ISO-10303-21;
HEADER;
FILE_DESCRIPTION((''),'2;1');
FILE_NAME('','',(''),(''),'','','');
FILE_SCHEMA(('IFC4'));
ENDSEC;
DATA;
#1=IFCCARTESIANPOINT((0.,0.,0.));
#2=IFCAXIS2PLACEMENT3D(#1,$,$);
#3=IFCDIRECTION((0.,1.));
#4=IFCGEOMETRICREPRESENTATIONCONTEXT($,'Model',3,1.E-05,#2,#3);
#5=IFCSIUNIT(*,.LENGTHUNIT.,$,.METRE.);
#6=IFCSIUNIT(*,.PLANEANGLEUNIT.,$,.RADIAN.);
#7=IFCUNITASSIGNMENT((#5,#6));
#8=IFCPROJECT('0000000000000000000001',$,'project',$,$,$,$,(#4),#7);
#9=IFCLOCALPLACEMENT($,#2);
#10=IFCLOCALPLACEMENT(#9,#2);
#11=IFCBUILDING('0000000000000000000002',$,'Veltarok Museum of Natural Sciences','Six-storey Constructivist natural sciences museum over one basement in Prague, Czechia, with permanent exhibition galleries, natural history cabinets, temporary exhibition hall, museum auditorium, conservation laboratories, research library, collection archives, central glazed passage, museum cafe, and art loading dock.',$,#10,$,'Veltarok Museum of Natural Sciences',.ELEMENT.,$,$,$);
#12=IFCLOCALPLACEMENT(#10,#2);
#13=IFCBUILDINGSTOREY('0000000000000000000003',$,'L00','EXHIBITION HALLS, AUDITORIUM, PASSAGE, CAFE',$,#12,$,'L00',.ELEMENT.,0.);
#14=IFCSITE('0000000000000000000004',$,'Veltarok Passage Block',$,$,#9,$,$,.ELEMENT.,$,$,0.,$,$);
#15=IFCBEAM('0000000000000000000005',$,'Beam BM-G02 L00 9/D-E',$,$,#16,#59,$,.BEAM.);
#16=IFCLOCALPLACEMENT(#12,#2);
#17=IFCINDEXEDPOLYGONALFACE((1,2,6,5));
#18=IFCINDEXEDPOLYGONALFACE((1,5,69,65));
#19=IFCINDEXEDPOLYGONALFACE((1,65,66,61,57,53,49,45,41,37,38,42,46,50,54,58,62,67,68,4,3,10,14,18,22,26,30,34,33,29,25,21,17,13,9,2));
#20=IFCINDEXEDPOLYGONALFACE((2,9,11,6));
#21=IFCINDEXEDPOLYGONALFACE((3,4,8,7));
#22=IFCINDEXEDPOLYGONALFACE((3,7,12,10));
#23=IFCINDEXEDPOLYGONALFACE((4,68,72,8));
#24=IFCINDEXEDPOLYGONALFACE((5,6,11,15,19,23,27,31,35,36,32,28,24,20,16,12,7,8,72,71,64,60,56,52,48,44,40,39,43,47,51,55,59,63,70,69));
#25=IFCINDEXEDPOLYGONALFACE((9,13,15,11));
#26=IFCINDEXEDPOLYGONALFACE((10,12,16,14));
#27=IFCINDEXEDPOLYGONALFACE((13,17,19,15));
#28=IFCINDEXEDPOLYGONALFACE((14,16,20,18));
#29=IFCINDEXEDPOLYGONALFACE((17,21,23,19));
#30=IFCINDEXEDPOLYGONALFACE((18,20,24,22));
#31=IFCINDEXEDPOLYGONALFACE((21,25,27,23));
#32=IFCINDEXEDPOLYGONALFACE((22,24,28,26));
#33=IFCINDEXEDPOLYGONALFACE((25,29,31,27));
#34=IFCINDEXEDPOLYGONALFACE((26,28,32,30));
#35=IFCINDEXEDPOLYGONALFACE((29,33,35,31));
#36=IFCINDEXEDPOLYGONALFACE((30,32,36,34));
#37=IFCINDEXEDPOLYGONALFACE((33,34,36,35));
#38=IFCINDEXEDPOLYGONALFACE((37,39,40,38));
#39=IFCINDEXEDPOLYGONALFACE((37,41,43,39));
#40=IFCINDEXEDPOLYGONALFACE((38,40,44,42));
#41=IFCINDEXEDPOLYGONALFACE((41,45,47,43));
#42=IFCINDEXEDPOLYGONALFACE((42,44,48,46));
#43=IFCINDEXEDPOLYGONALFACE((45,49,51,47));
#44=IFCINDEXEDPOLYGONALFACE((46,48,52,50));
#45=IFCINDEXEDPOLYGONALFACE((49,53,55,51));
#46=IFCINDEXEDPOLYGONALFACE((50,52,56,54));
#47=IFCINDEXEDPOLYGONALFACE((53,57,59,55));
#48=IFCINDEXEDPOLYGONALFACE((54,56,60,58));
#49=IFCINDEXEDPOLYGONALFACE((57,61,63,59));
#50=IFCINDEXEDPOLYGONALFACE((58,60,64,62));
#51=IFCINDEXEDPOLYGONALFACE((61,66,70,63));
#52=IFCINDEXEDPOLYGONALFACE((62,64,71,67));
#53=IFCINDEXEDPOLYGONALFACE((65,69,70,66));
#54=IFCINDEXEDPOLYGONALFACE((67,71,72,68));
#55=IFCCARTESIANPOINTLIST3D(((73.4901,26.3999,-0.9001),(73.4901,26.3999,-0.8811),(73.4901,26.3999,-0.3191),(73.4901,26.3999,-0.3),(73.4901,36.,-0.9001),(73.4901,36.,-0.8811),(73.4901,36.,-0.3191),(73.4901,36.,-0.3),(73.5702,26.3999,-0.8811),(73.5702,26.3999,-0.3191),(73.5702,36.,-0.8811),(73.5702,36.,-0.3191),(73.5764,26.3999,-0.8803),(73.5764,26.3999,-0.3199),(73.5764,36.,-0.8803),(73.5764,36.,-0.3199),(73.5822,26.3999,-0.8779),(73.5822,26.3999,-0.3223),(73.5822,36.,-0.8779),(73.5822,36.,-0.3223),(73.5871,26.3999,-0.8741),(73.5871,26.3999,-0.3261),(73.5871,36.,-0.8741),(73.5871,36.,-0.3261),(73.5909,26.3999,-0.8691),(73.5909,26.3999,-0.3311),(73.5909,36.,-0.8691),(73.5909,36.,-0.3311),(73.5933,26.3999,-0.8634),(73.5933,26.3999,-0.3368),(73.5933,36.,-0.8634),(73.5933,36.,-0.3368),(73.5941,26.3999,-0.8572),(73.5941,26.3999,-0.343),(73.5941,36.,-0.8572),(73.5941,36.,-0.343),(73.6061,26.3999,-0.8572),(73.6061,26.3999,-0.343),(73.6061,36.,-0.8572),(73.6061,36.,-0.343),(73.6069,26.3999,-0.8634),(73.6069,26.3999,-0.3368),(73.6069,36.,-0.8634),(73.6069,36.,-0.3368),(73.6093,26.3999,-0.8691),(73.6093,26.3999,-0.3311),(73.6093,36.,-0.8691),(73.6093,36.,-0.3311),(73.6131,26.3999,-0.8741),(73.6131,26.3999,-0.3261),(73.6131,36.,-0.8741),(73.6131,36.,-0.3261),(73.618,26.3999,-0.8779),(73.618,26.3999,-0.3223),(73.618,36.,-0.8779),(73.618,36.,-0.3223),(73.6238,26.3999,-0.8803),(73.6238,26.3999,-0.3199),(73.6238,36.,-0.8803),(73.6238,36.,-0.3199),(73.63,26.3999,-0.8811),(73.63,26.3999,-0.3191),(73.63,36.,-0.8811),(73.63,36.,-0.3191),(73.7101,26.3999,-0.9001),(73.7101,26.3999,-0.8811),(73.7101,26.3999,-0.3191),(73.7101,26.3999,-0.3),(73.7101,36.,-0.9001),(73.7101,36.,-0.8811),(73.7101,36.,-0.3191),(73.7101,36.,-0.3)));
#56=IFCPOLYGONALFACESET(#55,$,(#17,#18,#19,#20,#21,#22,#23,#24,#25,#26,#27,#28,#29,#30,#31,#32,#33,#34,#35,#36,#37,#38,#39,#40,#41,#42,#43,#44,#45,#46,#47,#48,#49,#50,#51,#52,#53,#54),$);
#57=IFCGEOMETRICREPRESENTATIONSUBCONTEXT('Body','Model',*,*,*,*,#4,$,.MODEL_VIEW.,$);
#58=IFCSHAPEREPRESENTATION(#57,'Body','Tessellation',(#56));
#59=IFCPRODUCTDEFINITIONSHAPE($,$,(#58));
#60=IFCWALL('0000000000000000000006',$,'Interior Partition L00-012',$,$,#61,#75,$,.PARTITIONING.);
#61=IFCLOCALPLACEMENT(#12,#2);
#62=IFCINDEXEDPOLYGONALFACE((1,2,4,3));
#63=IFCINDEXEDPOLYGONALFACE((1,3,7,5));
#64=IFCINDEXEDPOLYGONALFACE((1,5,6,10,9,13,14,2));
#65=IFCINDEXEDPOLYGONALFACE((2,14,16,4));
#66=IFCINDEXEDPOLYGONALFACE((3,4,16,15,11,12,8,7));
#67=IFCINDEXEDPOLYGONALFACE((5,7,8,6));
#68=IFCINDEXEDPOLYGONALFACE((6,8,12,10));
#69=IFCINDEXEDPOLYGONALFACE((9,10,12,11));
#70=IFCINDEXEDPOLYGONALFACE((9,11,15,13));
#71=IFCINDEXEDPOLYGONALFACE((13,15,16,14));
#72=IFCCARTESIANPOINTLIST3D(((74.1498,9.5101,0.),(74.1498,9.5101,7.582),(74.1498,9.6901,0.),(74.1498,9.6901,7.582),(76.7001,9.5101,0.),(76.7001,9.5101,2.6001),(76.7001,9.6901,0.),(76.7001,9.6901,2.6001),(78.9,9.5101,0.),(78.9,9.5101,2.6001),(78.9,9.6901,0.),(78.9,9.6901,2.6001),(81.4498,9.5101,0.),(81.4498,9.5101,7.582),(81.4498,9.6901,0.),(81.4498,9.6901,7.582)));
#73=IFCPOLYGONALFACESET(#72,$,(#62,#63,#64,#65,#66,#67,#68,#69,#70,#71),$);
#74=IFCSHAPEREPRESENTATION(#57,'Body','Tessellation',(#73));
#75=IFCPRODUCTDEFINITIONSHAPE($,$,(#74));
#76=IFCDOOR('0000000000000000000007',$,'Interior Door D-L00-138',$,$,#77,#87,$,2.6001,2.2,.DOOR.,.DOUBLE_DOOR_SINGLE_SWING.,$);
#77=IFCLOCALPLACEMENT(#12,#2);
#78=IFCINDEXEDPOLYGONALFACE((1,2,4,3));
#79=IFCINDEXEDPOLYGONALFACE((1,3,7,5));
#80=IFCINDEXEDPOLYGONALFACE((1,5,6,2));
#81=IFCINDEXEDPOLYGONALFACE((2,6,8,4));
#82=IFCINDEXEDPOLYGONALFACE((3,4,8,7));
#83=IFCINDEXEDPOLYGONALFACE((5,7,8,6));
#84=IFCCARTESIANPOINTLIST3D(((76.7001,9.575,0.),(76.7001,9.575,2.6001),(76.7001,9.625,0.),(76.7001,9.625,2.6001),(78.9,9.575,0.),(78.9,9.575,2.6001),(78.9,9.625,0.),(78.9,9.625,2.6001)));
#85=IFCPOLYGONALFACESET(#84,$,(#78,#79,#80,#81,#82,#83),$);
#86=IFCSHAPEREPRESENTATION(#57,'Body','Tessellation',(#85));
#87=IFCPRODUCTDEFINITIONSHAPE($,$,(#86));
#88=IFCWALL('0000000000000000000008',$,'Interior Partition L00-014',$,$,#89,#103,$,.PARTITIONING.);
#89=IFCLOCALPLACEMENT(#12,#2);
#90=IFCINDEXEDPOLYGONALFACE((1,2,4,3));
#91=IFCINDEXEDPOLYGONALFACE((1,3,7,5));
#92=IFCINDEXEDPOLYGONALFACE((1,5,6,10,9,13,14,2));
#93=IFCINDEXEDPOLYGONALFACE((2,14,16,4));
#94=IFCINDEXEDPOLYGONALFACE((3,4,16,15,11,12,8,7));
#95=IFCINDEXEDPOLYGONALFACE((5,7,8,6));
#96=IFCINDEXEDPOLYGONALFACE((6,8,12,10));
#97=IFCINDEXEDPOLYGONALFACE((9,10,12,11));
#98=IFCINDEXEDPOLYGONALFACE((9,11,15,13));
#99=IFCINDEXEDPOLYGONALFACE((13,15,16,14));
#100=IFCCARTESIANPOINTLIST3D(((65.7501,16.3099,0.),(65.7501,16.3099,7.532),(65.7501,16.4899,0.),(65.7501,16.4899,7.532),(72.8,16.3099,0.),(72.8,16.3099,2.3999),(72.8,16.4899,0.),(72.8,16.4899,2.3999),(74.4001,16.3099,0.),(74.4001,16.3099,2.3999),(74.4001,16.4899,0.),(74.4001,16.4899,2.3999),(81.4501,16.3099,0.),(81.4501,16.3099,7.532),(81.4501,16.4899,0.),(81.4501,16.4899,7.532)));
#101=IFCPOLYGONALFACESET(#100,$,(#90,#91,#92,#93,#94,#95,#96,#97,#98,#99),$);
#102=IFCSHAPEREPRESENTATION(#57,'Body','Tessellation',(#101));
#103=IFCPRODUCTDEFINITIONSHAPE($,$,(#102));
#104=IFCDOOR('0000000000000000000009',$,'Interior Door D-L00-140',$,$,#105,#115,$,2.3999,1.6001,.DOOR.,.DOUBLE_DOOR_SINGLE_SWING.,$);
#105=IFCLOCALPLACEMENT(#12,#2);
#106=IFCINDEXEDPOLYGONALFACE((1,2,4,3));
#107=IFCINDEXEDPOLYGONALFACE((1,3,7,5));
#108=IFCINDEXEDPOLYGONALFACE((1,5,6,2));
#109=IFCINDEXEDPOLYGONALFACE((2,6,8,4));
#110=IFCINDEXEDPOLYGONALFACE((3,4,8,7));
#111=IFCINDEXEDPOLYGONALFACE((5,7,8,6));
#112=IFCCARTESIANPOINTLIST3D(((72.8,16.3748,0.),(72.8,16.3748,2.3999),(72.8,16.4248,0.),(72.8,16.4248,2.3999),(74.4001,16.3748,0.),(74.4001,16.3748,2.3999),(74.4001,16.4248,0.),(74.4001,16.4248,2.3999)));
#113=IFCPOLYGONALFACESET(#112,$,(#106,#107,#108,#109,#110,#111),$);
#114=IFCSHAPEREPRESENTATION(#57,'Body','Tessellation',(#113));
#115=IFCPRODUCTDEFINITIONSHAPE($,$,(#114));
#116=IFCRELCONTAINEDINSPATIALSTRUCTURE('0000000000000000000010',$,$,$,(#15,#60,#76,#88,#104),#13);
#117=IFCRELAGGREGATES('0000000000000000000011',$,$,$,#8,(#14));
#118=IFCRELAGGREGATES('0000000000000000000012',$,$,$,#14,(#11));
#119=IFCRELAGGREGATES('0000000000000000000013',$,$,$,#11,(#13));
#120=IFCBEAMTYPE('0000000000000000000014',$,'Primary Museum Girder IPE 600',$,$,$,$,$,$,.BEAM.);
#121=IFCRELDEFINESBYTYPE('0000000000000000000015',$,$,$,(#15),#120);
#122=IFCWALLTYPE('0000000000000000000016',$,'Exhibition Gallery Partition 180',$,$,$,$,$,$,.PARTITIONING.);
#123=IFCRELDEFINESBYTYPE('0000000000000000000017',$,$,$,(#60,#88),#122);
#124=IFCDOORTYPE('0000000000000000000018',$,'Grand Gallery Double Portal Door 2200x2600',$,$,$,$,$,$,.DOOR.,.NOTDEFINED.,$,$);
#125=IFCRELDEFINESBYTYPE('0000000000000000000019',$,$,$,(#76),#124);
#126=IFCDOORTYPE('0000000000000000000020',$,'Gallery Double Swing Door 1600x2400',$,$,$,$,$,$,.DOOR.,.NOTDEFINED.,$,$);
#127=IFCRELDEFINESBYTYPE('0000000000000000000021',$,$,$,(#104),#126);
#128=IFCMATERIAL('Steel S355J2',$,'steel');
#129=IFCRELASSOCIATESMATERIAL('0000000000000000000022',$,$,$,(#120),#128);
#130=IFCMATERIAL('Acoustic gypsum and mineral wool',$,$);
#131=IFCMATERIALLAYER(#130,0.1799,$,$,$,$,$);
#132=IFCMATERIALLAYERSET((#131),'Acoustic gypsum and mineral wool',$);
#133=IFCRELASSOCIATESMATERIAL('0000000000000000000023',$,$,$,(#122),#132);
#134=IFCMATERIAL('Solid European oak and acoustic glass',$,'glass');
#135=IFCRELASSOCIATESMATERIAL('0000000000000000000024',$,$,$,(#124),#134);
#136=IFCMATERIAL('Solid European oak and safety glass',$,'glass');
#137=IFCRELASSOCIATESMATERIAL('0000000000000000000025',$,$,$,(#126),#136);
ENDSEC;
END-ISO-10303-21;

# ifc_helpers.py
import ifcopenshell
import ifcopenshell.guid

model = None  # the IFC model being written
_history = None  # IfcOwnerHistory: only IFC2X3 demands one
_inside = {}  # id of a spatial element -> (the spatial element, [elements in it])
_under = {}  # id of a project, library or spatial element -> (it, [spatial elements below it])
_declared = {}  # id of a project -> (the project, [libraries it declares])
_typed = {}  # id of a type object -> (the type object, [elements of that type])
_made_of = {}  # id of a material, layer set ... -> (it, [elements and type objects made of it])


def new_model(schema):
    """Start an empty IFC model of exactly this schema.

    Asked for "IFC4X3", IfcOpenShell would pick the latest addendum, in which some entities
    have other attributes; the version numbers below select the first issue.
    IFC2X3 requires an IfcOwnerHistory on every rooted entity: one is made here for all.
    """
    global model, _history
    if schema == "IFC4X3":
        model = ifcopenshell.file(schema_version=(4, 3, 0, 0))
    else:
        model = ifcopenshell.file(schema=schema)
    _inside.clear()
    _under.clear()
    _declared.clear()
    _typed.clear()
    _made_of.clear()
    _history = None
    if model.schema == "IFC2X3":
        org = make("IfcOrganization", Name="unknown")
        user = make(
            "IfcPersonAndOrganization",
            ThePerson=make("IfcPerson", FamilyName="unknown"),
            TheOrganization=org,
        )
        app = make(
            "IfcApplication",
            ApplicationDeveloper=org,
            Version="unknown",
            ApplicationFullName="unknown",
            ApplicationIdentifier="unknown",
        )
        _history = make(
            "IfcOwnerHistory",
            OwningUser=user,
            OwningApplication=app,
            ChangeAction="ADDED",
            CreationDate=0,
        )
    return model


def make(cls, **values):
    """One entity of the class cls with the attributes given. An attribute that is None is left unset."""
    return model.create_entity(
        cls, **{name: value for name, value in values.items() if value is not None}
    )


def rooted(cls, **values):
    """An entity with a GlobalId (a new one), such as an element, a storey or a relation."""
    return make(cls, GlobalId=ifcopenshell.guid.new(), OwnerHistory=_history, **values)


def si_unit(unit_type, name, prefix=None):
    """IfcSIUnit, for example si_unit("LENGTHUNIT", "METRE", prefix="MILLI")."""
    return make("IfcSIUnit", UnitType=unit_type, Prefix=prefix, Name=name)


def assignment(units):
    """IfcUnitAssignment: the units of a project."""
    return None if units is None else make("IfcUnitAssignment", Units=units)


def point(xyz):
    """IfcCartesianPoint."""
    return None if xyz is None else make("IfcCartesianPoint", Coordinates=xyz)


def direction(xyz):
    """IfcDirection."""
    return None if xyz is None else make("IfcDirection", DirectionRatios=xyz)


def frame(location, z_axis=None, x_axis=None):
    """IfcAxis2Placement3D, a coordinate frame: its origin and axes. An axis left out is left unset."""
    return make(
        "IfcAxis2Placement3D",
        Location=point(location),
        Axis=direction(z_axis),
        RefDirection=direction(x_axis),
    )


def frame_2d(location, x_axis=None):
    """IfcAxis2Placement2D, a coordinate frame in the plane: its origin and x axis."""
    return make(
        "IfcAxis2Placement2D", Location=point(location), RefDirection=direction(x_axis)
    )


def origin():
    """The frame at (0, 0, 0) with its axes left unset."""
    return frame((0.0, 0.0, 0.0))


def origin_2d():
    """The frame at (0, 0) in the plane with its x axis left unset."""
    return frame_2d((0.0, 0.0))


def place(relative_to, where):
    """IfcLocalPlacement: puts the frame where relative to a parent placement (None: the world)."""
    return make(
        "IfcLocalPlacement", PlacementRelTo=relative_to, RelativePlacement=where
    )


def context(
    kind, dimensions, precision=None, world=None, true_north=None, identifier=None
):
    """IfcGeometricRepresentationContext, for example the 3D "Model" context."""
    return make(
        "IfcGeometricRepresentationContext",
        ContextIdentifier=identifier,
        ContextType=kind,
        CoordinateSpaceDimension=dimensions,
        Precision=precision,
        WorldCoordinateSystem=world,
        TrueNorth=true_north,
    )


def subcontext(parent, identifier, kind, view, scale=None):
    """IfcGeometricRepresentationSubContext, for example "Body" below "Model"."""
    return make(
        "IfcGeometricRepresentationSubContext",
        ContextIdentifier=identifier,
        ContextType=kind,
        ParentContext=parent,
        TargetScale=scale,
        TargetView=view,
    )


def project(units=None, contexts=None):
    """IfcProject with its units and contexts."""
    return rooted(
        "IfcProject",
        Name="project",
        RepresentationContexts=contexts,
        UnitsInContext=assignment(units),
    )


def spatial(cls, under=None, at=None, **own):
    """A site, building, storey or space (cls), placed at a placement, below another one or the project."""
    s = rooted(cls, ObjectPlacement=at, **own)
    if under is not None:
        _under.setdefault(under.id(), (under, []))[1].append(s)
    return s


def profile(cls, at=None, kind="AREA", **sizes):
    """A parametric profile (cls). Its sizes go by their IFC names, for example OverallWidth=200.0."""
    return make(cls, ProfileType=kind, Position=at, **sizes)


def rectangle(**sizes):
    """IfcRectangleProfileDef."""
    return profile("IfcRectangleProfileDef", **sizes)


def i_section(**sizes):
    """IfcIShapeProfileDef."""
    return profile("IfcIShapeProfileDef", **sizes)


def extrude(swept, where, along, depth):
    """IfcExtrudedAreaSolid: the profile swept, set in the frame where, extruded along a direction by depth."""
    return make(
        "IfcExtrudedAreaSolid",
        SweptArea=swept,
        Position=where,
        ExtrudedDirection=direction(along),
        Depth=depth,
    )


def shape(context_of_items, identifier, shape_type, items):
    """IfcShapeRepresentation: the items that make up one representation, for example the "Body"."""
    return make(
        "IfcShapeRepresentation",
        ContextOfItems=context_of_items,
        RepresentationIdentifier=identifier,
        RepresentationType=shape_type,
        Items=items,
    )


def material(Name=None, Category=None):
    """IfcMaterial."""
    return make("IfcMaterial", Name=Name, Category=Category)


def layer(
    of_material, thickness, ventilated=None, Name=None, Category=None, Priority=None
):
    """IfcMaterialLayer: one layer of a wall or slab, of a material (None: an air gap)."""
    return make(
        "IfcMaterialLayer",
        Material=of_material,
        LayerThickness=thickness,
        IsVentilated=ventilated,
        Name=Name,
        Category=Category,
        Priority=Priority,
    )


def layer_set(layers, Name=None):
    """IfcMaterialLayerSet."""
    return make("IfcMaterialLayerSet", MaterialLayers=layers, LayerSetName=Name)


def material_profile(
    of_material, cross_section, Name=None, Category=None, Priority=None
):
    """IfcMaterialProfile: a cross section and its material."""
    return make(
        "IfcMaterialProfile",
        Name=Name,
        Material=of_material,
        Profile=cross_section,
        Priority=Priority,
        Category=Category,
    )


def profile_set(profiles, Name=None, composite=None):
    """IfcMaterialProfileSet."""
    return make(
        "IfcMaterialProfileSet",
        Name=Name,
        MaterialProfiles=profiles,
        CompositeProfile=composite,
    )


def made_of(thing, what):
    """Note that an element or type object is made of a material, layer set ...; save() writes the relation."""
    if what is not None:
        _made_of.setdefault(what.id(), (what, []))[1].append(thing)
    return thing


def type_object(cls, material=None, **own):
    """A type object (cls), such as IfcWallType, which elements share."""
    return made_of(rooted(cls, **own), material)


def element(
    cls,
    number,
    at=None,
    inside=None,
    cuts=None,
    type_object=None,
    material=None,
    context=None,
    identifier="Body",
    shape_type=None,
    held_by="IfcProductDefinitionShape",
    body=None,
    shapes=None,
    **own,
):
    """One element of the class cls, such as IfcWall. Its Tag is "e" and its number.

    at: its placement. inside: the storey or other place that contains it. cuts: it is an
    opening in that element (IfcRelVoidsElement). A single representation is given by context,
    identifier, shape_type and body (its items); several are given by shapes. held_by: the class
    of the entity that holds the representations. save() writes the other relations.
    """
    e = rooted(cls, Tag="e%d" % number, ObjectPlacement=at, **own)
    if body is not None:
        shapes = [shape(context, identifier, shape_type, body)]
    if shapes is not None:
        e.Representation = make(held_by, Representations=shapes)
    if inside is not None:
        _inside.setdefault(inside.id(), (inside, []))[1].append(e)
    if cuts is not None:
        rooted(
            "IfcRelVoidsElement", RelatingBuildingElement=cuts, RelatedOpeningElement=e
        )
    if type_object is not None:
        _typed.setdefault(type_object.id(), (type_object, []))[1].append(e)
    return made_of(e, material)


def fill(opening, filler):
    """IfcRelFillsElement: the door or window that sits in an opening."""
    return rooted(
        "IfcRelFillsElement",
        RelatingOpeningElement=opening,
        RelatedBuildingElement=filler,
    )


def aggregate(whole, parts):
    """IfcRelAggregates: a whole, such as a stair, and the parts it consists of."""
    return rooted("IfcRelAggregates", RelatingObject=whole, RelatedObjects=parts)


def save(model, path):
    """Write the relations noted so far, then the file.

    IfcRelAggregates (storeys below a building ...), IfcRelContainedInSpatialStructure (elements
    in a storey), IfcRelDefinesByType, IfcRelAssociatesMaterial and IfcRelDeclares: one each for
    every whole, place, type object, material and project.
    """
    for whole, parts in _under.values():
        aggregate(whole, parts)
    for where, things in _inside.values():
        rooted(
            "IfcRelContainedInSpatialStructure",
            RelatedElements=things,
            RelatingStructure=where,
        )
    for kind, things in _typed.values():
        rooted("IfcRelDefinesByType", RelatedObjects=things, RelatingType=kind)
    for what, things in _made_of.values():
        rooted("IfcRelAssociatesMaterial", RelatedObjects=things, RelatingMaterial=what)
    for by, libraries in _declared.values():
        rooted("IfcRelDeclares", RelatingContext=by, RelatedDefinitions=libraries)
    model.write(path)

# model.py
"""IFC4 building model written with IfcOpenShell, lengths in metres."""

from ifc_helpers import new_model, si_unit, direction, frame, frame_2d, origin, origin_2d, place, context, subcontext, project, spatial, rectangle, i_section, extrude, material, layer, layer_set, material_profile, profile_set, type_object, element, fill, save


model = new_model("IFC4")

# Units and contexts
model_context = context("Model", 3, precision=1e-05, world=origin(), true_north=direction((0.0, 1.0)))
body_context = subcontext(model_context, "Body", "Model", "MODEL_VIEW")
ifc_project = project(units=[si_unit("LENGTHUNIT", "METRE"), si_unit("PLANEANGLEUNIT", "RADIAN")], contexts=[model_context])

# Site, building, storey
site_placement = place(None, origin())
site = spatial("IfcSite", under=ifc_project, at=site_placement, Name="Veltarok Passage Block", CompositionType="ELEMENT", RefElevation=0.0)
building_placement = place(site_placement, origin())
building = spatial("IfcBuilding", under=site, at=building_placement, Name="Veltarok Museum of Natural Sciences", Description="Six-storey Constructivist natural sciences museum over one basement in Prague, Czechia, with permanent exhibition galleries, natural history cabinets, temporary exhibition hall, museum auditorium, conservation laboratories, research library, collection archives, central glazed passage, museum cafe, and art loading dock.", LongName="Veltarok Museum of Natural Sciences", CompositionType="ELEMENT")
storey_placement = place(building_placement, origin())
storey = spatial("IfcBuildingStorey", under=building, at=storey_placement, Name="L00", Description="EXHIBITION HALLS, AUDITORIUM, PASSAGE, CAFE", LongName="L00", CompositionType="ELEMENT", Elevation=0.0)

# Shared definitions
ifc_material_1 = material(Name="Steel S355J2", Category="steel")

# Beam
ifc_material_profile_1 = material_profile(ifc_material_1, i_section(OverallWidth=0.22, OverallDepth=0.6001, WebThickness=0.012, FlangeThickness=0.019, FilletRadius=0.0239, at=origin_2d()), Name="IPE 600")
ifc_profile_set_1 = profile_set([ifc_material_profile_1], Name="Steel S355J2")
beam_type_1 = type_object("IfcBeamType", Name="Primary Museum Girder IPE 600", PredefinedType="BEAM", material=ifc_profile_set_1)
beam_1_placement = place(storey_placement, frame((73.6001, 26.3999, -0.6001), z_axis=(0.0, 1.0, 0.0), x_axis=(-1.0, 0.0, 0.0)))
element("IfcBeam", 1, at=beam_1_placement, inside=storey, type_object=beam_type_1, Name="Beam BM-G02 L00 9/D-E", PredefinedType="BEAM", context=body_context, shape_type="SweptSolid", body=[
    extrude(i_section(OverallWidth=0.22, OverallDepth=0.6001, WebThickness=0.012, FlangeThickness=0.019, FilletRadius=0.0239, at=origin_2d()), origin(), (0.0, 0.0, 1.0), 9.6001),
])

# Walls, openings, doors
ifc_material_2 = material(Name="Acoustic gypsum and mineral wool")
ifc_layer = layer(ifc_material_2, 0.1799)
ifc_layer_set = layer_set([ifc_layer], Name="Acoustic gypsum and mineral wool")
wall_type = type_object("IfcWallType", Name="Exhibition Gallery Partition 180", PredefinedType="PARTITIONING", material=ifc_layer_set)
wall_1_placement = place(storey_placement, frame((74.1499, 9.6001, 0.0), z_axis=(0.0, 0.0, 1.0), x_axis=(1.0, 0.0, 0.0)))
wall_1 = element("IfcWall", 2, at=wall_1_placement, inside=storey, type_object=wall_type, Name="Interior Partition L00-012", PredefinedType="PARTITIONING", context=body_context, shape_type="SweptSolid", body=[
    extrude(rectangle(XDim=7.3, YDim=0.1799, at=frame_2d((3.6499, 0.0))), origin(), (0.0, 0.0, 1.0), 7.582),
])
opening_1_placement = place(wall_1_placement, frame((2.55, 0.0, 0.0)))
opening_1 = element("IfcOpeningElement", 3, at=opening_1_placement, cuts=wall_1, PredefinedType="OPENING", context=body_context, shape_type="SweptSolid", body=[
    extrude(rectangle(XDim=2.2, YDim=2.6001, at=frame_2d((1.1001, 1.3))), frame((0.0, 0.1001, 0.0), z_axis=(0.0, -1.0, 0.0), x_axis=(1.0, 0.0, 0.0)), (0.0, 0.0, 1.0), 0.2),
])
ifc_material_3 = material(Name="Solid European oak and acoustic glass", Category="glass")
door_type_1 = type_object("IfcDoorType", Name="Grand Gallery Double Portal Door 2200x2600", OperationType="NOTDEFINED", PredefinedType="DOOR", material=ifc_material_3)
door_1_placement = place(opening_1_placement, origin())
door_1 = element("IfcDoor", 4, at=door_1_placement, inside=storey, type_object=door_type_1, Name="Interior Door D-L00-138", OperationType="DOUBLE_DOOR_SINGLE_SWING", OverallHeight=2.6001, OverallWidth=2.2, PredefinedType="DOOR", context=body_context, shape_type="SweptSolid", body=[
    extrude(rectangle(XDim=2.2, YDim=2.6001, at=frame_2d((1.1001, 1.3))), frame((0.0, 0.0249, 0.0), z_axis=(0.0, -1.0, 0.0), x_axis=(1.0, 0.0, 0.0)), (0.0, 0.0, 1.0), 0.05),
])
fill(opening_1, door_1)
wall_2_placement = place(storey_placement, frame((65.75, 16.3999, 0.0), z_axis=(0.0, 0.0, 1.0), x_axis=(1.0, 0.0, 0.0)))
wall_2 = element("IfcWall", 5, at=wall_2_placement, inside=storey, type_object=wall_type, Name="Interior Partition L00-014", PredefinedType="PARTITIONING", context=body_context, shape_type="SweptSolid", body=[
    extrude(rectangle(XDim=15.7, YDim=0.1799, at=frame_2d((7.8501, 0.0))), origin(), (0.0, 0.0, 1.0), 7.532),
])
opening_2_placement = place(wall_2_placement, frame((7.05, 0.0, 0.0)))
opening_2 = element("IfcOpeningElement", 6, at=opening_2_placement, cuts=wall_2, PredefinedType="OPENING", context=body_context, shape_type="SweptSolid", body=[
    extrude(rectangle(XDim=1.6001, YDim=2.3999, at=frame_2d((0.8, 1.2))), frame((0.0, 0.1001, 0.0), z_axis=(0.0, -1.0, 0.0), x_axis=(1.0, 0.0, 0.0)), (0.0, 0.0, 1.0), 0.2),
])
ifc_material_4 = material(Name="Solid European oak and safety glass", Category="glass")
door_type_2 = type_object("IfcDoorType", Name="Gallery Double Swing Door 1600x2400", OperationType="NOTDEFINED", PredefinedType="DOOR", material=ifc_material_4)
door_2_placement = place(opening_2_placement, origin())
door_2 = element("IfcDoor", 7, at=door_2_placement, inside=storey, type_object=door_type_2, Name="Interior Door D-L00-140", OperationType="DOUBLE_DOOR_SINGLE_SWING", OverallHeight=2.3999, OverallWidth=1.6001, PredefinedType="DOOR", context=body_context, shape_type="SweptSolid", body=[
    extrude(rectangle(XDim=1.6001, YDim=2.3999, at=frame_2d((0.8, 1.2))), frame((0.0, 0.0249, 0.0), z_axis=(0.0, -1.0, 0.0), x_axis=(1.0, 0.0, 0.0)), (0.0, 0.0, 1.0), 0.05),
])
fill(opening_2, door_2)

save(model, "model.ifc")
